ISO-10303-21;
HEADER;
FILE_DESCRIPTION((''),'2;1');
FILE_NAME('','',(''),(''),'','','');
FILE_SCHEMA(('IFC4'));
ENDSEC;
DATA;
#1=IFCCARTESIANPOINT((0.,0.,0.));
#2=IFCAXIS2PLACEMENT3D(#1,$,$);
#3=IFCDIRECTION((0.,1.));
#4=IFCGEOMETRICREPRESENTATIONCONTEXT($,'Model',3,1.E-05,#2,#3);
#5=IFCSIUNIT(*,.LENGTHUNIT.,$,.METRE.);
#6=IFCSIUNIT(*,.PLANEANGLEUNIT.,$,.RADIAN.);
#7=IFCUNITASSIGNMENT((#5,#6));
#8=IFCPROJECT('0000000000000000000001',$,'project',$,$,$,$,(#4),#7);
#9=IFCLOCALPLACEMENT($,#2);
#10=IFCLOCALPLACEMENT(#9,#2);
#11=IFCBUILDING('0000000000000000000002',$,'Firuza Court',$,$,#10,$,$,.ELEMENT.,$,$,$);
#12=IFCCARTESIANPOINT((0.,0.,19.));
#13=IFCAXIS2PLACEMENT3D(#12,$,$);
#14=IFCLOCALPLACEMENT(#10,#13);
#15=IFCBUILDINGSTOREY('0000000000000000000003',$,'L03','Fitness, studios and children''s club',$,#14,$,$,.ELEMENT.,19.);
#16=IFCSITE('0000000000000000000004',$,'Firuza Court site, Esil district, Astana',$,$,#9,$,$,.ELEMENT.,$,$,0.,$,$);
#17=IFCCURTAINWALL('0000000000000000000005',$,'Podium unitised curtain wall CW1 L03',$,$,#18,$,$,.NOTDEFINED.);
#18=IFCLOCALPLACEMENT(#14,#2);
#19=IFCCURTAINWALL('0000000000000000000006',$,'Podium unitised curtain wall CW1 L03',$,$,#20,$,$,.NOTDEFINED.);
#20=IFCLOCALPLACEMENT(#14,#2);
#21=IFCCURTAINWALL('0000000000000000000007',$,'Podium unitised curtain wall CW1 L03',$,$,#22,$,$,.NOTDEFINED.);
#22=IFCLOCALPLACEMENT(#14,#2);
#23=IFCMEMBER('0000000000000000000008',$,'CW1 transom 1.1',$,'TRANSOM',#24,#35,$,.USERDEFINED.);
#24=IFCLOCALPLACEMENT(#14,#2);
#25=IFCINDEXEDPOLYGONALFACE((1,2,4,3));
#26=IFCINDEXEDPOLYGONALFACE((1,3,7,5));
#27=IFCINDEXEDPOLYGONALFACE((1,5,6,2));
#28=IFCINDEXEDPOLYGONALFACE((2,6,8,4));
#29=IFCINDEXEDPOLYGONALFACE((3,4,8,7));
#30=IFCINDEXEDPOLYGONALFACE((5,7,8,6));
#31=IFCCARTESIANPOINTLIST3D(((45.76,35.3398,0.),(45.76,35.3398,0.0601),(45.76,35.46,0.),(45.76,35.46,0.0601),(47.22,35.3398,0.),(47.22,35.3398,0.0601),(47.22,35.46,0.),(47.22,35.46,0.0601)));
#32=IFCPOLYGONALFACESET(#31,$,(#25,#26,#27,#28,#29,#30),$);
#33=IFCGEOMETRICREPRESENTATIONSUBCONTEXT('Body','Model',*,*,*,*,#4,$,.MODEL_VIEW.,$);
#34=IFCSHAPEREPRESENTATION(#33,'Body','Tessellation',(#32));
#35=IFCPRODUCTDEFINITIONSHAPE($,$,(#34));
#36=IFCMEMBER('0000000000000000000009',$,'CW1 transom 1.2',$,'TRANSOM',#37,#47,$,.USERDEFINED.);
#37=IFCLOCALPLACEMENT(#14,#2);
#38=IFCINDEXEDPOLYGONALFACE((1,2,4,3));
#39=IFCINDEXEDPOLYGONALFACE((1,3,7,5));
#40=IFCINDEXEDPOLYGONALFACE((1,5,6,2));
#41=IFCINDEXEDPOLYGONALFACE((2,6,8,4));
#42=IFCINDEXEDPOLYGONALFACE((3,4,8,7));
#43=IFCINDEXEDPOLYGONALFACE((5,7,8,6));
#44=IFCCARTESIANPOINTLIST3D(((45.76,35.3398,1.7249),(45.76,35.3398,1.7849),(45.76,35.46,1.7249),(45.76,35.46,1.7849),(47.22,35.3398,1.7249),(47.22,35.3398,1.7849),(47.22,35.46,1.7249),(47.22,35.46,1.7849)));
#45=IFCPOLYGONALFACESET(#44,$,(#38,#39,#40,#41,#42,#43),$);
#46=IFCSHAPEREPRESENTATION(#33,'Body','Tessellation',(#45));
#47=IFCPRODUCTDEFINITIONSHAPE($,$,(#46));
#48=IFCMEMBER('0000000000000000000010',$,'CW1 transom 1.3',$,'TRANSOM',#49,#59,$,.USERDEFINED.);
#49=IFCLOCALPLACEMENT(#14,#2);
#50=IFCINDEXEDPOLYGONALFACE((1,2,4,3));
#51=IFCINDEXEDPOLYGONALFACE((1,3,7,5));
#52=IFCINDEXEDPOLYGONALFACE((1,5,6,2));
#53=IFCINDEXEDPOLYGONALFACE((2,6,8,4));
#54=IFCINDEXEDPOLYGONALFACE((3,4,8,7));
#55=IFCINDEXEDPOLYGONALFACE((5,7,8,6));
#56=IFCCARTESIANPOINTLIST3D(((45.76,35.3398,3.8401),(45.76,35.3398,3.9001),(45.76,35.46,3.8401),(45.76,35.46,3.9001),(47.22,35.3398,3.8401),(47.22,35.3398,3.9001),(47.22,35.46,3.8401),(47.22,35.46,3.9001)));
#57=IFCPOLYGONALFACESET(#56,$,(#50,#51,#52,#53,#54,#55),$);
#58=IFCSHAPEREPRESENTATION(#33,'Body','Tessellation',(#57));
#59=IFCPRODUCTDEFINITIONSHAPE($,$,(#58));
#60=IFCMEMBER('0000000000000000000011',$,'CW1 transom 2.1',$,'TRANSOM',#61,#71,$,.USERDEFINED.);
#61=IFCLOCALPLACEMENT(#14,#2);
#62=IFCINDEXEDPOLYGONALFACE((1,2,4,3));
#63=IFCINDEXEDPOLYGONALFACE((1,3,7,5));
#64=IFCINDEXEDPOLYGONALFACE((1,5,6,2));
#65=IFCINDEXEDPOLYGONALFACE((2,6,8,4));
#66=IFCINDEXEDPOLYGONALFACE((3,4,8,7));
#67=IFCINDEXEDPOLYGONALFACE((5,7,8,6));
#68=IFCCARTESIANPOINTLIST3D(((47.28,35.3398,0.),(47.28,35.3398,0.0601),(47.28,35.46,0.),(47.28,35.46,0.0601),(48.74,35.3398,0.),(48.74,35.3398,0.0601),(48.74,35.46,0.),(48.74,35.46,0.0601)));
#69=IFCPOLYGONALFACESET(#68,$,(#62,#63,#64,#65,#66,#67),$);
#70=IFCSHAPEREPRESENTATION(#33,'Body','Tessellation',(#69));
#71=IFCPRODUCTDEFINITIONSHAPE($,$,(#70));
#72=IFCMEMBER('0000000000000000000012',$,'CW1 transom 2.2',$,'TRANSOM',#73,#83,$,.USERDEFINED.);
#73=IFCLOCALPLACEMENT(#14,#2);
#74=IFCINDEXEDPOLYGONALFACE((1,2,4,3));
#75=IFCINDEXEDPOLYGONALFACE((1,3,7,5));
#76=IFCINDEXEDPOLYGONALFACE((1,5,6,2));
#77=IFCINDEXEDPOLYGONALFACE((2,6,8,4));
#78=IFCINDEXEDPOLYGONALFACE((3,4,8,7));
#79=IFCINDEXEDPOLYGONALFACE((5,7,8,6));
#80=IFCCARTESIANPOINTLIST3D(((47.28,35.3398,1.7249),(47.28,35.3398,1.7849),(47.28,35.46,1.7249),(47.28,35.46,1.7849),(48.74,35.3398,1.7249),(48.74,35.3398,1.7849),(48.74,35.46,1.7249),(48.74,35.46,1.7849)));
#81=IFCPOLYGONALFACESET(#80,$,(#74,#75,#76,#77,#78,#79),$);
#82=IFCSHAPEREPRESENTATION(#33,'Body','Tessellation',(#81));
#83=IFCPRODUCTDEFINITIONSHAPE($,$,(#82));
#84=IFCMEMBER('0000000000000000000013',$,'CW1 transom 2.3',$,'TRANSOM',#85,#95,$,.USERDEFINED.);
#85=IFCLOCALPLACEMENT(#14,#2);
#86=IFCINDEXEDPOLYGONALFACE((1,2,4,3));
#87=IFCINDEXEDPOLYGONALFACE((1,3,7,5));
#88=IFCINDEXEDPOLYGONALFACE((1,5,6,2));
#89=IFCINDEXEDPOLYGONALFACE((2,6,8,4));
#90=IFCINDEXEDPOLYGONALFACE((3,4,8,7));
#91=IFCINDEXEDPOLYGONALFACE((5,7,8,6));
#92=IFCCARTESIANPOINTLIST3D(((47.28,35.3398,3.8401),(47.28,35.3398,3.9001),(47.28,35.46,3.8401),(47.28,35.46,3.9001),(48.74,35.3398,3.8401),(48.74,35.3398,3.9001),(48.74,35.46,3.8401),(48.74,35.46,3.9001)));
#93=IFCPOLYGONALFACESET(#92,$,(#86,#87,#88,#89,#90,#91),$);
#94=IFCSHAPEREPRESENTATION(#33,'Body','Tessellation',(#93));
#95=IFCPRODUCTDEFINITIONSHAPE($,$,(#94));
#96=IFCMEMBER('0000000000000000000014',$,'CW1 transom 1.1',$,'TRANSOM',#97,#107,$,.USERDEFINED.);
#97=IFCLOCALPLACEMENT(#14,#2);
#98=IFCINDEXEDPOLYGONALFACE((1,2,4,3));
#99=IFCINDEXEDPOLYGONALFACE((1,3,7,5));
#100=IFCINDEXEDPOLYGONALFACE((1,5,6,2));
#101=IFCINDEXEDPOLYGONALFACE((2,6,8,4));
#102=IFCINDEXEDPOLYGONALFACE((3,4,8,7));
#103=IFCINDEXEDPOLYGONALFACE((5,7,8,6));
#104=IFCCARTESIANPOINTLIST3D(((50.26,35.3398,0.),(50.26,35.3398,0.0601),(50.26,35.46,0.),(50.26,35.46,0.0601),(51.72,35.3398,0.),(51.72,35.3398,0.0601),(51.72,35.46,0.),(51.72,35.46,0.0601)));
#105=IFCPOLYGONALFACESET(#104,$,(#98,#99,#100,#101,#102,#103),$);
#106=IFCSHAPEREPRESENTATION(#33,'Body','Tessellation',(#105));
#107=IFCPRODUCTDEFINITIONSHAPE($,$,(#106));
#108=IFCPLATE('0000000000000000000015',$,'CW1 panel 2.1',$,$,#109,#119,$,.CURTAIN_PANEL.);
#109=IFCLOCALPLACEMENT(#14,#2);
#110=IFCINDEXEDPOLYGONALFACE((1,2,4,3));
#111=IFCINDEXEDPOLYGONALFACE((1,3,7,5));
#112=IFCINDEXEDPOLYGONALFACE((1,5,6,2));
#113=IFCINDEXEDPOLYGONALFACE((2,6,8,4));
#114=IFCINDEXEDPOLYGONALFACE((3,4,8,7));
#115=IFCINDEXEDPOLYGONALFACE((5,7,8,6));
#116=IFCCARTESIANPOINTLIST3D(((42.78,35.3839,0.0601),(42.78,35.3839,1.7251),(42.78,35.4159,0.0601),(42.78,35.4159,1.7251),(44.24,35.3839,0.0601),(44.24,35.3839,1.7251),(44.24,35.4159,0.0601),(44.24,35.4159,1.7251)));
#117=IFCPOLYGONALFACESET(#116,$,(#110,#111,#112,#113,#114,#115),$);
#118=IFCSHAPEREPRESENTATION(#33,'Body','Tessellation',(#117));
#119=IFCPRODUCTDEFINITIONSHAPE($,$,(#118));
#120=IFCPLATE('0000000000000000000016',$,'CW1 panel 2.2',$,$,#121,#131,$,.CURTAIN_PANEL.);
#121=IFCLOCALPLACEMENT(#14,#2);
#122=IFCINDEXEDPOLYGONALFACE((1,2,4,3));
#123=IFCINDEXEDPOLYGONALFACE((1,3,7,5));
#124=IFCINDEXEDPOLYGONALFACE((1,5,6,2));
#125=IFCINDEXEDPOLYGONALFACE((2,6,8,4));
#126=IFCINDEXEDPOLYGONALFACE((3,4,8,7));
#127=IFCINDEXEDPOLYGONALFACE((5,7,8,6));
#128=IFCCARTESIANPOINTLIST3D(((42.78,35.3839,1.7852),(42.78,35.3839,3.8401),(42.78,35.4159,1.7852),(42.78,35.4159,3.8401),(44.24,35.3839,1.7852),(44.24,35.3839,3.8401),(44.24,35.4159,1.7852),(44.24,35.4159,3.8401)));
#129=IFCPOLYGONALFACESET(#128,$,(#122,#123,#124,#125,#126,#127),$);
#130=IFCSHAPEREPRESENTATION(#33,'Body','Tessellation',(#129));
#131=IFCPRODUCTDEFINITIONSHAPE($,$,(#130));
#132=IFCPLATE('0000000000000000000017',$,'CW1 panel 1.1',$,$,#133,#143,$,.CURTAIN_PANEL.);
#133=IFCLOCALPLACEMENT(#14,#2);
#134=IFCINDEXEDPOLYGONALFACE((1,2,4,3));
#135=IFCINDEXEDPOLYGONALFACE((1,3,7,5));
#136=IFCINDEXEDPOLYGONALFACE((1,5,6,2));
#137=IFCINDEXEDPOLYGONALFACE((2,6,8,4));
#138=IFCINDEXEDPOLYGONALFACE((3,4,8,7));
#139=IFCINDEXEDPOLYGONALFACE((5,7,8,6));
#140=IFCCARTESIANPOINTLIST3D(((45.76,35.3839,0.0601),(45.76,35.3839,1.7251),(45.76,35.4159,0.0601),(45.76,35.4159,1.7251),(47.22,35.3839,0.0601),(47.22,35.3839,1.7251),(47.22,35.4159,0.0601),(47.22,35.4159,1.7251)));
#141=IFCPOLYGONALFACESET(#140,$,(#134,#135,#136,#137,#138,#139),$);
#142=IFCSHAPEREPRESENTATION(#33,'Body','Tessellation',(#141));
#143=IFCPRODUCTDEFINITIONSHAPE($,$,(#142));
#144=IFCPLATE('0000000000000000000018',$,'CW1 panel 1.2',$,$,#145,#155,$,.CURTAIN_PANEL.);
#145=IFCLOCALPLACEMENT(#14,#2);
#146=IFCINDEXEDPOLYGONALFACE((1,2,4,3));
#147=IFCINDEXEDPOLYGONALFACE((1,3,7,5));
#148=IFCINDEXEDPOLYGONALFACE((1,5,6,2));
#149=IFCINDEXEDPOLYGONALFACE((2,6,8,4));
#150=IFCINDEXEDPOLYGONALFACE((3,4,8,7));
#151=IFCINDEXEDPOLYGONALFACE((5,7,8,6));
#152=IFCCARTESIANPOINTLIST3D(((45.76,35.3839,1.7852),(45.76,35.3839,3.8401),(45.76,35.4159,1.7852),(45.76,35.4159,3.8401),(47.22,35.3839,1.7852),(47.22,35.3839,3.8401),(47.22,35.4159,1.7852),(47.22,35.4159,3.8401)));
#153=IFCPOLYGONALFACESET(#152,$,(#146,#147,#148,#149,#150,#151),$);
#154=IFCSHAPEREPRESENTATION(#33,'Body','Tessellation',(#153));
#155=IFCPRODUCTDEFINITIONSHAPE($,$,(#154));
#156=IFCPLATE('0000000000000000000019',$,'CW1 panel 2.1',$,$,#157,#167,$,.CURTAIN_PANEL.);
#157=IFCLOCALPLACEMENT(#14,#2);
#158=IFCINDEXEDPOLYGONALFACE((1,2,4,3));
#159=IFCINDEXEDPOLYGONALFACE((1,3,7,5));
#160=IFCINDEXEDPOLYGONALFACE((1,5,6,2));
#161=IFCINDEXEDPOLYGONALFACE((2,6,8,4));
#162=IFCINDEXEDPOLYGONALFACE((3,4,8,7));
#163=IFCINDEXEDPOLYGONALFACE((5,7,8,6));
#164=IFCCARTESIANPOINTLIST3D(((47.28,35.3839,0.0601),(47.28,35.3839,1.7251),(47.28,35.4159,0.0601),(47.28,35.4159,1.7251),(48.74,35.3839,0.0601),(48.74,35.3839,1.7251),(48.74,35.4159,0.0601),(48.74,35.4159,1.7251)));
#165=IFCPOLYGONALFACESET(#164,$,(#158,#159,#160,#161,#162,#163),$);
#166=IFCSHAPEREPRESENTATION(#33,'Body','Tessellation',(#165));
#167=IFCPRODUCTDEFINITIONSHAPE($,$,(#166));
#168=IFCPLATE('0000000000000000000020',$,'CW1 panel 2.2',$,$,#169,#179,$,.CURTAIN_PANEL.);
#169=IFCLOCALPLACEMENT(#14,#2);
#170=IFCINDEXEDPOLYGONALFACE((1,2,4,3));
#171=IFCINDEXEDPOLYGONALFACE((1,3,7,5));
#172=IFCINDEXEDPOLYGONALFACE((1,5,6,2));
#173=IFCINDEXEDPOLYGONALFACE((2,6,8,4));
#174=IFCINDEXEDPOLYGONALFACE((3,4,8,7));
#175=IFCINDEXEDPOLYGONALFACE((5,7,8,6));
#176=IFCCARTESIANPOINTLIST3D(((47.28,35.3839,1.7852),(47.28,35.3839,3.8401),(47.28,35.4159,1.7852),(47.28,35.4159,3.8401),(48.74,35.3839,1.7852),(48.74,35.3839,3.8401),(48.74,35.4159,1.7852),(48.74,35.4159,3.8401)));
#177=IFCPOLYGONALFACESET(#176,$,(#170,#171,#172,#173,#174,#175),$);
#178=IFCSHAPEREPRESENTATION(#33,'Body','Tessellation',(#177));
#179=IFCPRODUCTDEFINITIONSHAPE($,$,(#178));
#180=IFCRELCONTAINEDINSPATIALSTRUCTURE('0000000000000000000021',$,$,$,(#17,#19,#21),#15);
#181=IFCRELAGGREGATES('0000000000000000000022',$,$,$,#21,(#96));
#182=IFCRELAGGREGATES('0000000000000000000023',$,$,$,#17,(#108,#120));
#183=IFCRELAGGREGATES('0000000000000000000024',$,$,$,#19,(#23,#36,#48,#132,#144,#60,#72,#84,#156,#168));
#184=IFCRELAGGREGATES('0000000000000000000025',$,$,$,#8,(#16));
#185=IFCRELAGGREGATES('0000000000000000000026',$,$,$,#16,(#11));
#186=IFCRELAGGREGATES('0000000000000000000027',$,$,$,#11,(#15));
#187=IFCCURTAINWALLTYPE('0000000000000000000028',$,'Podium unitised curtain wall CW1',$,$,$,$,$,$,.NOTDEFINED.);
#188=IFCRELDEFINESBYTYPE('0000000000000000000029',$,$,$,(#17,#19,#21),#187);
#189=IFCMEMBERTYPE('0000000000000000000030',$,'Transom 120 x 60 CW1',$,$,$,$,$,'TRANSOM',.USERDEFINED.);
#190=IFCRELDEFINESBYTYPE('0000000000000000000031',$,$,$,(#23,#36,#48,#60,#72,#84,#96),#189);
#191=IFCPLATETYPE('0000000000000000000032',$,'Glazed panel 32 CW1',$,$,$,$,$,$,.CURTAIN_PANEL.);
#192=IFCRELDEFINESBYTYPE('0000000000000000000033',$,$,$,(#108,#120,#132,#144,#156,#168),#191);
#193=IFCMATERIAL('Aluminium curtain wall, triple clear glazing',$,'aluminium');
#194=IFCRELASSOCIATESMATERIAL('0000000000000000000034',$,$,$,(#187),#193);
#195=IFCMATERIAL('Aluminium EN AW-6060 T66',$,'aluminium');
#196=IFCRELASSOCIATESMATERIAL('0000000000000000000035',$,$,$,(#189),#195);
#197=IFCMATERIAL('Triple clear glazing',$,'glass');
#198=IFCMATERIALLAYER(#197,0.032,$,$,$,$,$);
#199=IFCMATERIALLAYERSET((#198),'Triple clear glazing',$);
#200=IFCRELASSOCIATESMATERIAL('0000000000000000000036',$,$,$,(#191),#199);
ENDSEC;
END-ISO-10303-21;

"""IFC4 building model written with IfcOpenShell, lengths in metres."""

from ifc_helpers import new_model, si_unit, direction, frame, origin, origin_2d, place, context, subcontext, project, spatial, rectangle, extrude, material, layer, layer_set, material_profile, profile_set, type_object, element, aggregate, save


model = new_model("IFC4")

# Units and contexts
model_context = context("Model", 3, precision=1e-05, world=origin(), true_north=direction((0.0, 1.0)))
body_context = subcontext(model_context, "Body", "Model", "MODEL_VIEW")
ifc_project = project(units=[si_unit("LENGTHUNIT", "METRE"), si_unit("PLANEANGLEUNIT", "RADIAN")], contexts=[model_context])

# Site, building, storey
site_placement = place(None, origin())
site = spatial("IfcSite", under=ifc_project, at=site_placement, Name="Firuza Court site, Esil district, Astana", CompositionType="ELEMENT", RefElevation=0.0)
building_placement = place(site_placement, origin())
building = spatial("IfcBuilding", under=site, at=building_placement, Name="Firuza Court", CompositionType="ELEMENT")
storey_placement = place(building_placement, frame((0.0, 0.0, 19.0)))
storey = spatial("IfcBuildingStorey", under=building, at=storey_placement, Name="L03", Description="Fitness, studios and children's club", CompositionType="ELEMENT", Elevation=19.0)

# Curtain walls
ifc_material_1 = material(Name="Aluminium curtain wall, triple clear glazing", Category="aluminium")
curtain_wall_type = type_object("IfcCurtainWallType", Name="Podium unitised curtain wall CW1", PredefinedType="NOTDEFINED", material=ifc_material_1)
curtain_wall_1_placement = place(storey_placement, origin())
curtain_wall_1 = element("IfcCurtainWall", 1, at=curtain_wall_1_placement, inside=storey, type_object=curtain_wall_type, Name="Podium unitised curtain wall CW1 L03", PredefinedType="NOTDEFINED")
curtain_wall_2_placement = place(storey_placement, origin())
curtain_wall_2 = element("IfcCurtainWall", 2, at=curtain_wall_2_placement, inside=storey, type_object=curtain_wall_type, Name="Podium unitised curtain wall CW1 L03", PredefinedType="NOTDEFINED")

# Curtain wall
curtain_wall_3_placement = place(storey_placement, origin())
curtain_wall_3 = element("IfcCurtainWall", 3, at=curtain_wall_3_placement, inside=storey, type_object=curtain_wall_type, Name="Podium unitised curtain wall CW1 L03", PredefinedType="NOTDEFINED")

# Members
ifc_material_2 = material(Name="Aluminium EN AW-6060 T66", Category="aluminium")
ifc_material_profile_1 = material_profile(ifc_material_2, rectangle(XDim=0.1201, YDim=0.0601, at=origin_2d()), Name="Transom 120 x 60 CW1")
ifc_profile_set_1 = profile_set([ifc_material_profile_1], Name="Aluminium EN AW-6060 T66")
member_type_1 = type_object("IfcMemberType", Name="Transom 120 x 60 CW1", ElementType="TRANSOM", PredefinedType="USERDEFINED", material=ifc_profile_set_1)
member_1_placement = place(storey_placement, frame((45.76, 35.3999, 0.03), z_axis=(1.0, 0.0, 0.0), x_axis=(0.0, 1.0, 0.0)))
member_1 = element("IfcMember", 4, at=member_1_placement, type_object=member_type_1, Name="CW1 transom 1.1", ObjectType="TRANSOM", PredefinedType="USERDEFINED", context=body_context, shape_type="SweptSolid", body=[
    extrude(rectangle(XDim=0.1201, YDim=0.0601, at=origin_2d()), origin(), (0.0, 0.0, 1.0), 1.46),
])
member_2_placement = place(storey_placement, frame((45.76, 35.3999, 1.7549), z_axis=(1.0, 0.0, 0.0), x_axis=(0.0, 1.0, 0.0)))
member_2 = element("IfcMember", 5, at=member_2_placement, type_object=member_type_1, Name="CW1 transom 1.2", ObjectType="TRANSOM", PredefinedType="USERDEFINED", context=body_context, shape_type="SweptSolid", body=[
    extrude(rectangle(XDim=0.1201, YDim=0.0601, at=origin_2d()), origin(), (0.0, 0.0, 1.0), 1.46),
])
member_3_placement = place(storey_placement, frame((45.76, 35.3999, 3.8701), z_axis=(1.0, 0.0, 0.0), x_axis=(0.0, 1.0, 0.0)))
member_3 = element("IfcMember", 6, at=member_3_placement, type_object=member_type_1, Name="CW1 transom 1.3", ObjectType="TRANSOM", PredefinedType="USERDEFINED", context=body_context, shape_type="SweptSolid", body=[
    extrude(rectangle(XDim=0.1201, YDim=0.0601, at=origin_2d()), origin(), (0.0, 0.0, 1.0), 1.46),
])
member_4_placement = place(storey_placement, frame((47.28, 35.3999, 0.03), z_axis=(1.0, 0.0, 0.0), x_axis=(0.0, 1.0, 0.0)))
member_4 = element("IfcMember", 7, at=member_4_placement, type_object=member_type_1, Name="CW1 transom 2.1", ObjectType="TRANSOM", PredefinedType="USERDEFINED", context=body_context, shape_type="SweptSolid", body=[
    extrude(rectangle(XDim=0.1201, YDim=0.0601, at=origin_2d()), origin(), (0.0, 0.0, 1.0), 1.46),
])
member_5_placement = place(storey_placement, frame((47.28, 35.3999, 1.7549), z_axis=(1.0, 0.0, 0.0), x_axis=(0.0, 1.0, 0.0)))
member_5 = element("IfcMember", 8, at=member_5_placement, type_object=member_type_1, Name="CW1 transom 2.2", ObjectType="TRANSOM", PredefinedType="USERDEFINED", context=body_context, shape_type="SweptSolid", body=[
    extrude(rectangle(XDim=0.1201, YDim=0.0601, at=origin_2d()), origin(), (0.0, 0.0, 1.0), 1.46),
])
member_6_placement = place(storey_placement, frame((47.28, 35.3999, 3.8701), z_axis=(1.0, 0.0, 0.0), x_axis=(0.0, 1.0, 0.0)))
member_6 = element("IfcMember", 9, at=member_6_placement, type_object=member_type_1, Name="CW1 transom 2.3", ObjectType="TRANSOM", PredefinedType="USERDEFINED", context=body_context, shape_type="SweptSolid", body=[
    extrude(rectangle(XDim=0.1201, YDim=0.0601, at=origin_2d()), origin(), (0.0, 0.0, 1.0), 1.46),
])
member_7_placement = place(storey_placement, frame((50.26, 35.3999, 0.03), z_axis=(1.0, 0.0, 0.0), x_axis=(0.0, 1.0, 0.0)))
member_7 = element("IfcMember", 10, at=member_7_placement, type_object=member_type_1, Name="CW1 transom 1.1", ObjectType="TRANSOM", PredefinedType="USERDEFINED", context=body_context, shape_type="SweptSolid", body=[
    extrude(rectangle(XDim=0.1201, YDim=0.0601, at=origin_2d()), origin(), (0.0, 0.0, 1.0), 1.46),
])
aggregate(curtain_wall_3, [member_7])

# Plates
ifc_material_3 = material(Name="Triple clear glazing", Category="glass")
ifc_layer = layer(ifc_material_3, 0.032)
ifc_layer_set = layer_set([ifc_layer], Name="Triple clear glazing")
plate_type = type_object("IfcPlateType", Name="Glazed panel 32 CW1", PredefinedType="CURTAIN_PANEL", material=ifc_layer_set)
plate_1_placement = place(storey_placement, frame((43.51, 35.3999, 0.0601), z_axis=(0.0, 0.0, 1.0), x_axis=(1.0, 0.0, 0.0)))
plate_1 = element("IfcPlate", 11, at=plate_1_placement, type_object=plate_type, Name="CW1 panel 2.1", PredefinedType="CURTAIN_PANEL", context=body_context, shape_type="SweptSolid", body=[
    extrude(rectangle(XDim=1.46, YDim=0.032, at=origin_2d()), origin(), (0.0, 0.0, 1.0), 1.665),
])
plate_2_placement = place(storey_placement, frame((43.51, 35.3999, 1.7852), z_axis=(0.0, 0.0, 1.0), x_axis=(1.0, 0.0, 0.0)))
plate_2 = element("IfcPlate", 12, at=plate_2_placement, type_object=plate_type, Name="CW1 panel 2.2", PredefinedType="CURTAIN_PANEL", context=body_context, shape_type="SweptSolid", body=[
    extrude(rectangle(XDim=1.46, YDim=0.032, at=origin_2d()), origin(), (0.0, 0.0, 1.0), 2.0549),
])
aggregate(curtain_wall_1, [plate_1, plate_2])
plate_3_placement = place(storey_placement, frame((46.49, 35.3999, 0.0601), z_axis=(0.0, 0.0, 1.0), x_axis=(1.0, 0.0, 0.0)))
plate_3 = element("IfcPlate", 13, at=plate_3_placement, type_object=plate_type, Name="CW1 panel 1.1", PredefinedType="CURTAIN_PANEL", context=body_context, shape_type="SweptSolid", body=[
    extrude(rectangle(XDim=1.46, YDim=0.032, at=origin_2d()), origin(), (0.0, 0.0, 1.0), 1.665),
])
plate_4_placement = place(storey_placement, frame((46.49, 35.3999, 1.7852), z_axis=(0.0, 0.0, 1.0), x_axis=(1.0, 0.0, 0.0)))
plate_4 = element("IfcPlate", 14, at=plate_4_placement, type_object=plate_type, Name="CW1 panel 1.2", PredefinedType="CURTAIN_PANEL", context=body_context, shape_type="SweptSolid", body=[
    extrude(rectangle(XDim=1.46, YDim=0.032, at=origin_2d()), origin(), (0.0, 0.0, 1.0), 2.0549),
])
plate_5_placement = place(storey_placement, frame((48.01, 35.3999, 0.0601), z_axis=(0.0, 0.0, 1.0), x_axis=(1.0, 0.0, 0.0)))
plate_5 = element("IfcPlate", 15, at=plate_5_placement, type_object=plate_type, Name="CW1 panel 2.1", PredefinedType="CURTAIN_PANEL", context=body_context, shape_type="SweptSolid", body=[
    extrude(rectangle(XDim=1.46, YDim=0.032, at=origin_2d()), origin(), (0.0, 0.0, 1.0), 1.665),
])
plate_6_placement = place(storey_placement, frame((48.01, 35.3999, 1.7852), z_axis=(0.0, 0.0, 1.0), x_axis=(1.0, 0.0, 0.0)))
plate_6 = element("IfcPlate", 16, at=plate_6_placement, type_object=plate_type, Name="CW1 panel 2.2", PredefinedType="CURTAIN_PANEL", context=body_context, shape_type="SweptSolid", body=[
    extrude(rectangle(XDim=1.46, YDim=0.032, at=origin_2d()), origin(), (0.0, 0.0, 1.0), 2.0549),
])
aggregate(curtain_wall_2, [member_1, member_2, member_3, plate_3, plate_4, member_4, member_5, member_6, plate_5, plate_6])

save(model, "model.ifc")
